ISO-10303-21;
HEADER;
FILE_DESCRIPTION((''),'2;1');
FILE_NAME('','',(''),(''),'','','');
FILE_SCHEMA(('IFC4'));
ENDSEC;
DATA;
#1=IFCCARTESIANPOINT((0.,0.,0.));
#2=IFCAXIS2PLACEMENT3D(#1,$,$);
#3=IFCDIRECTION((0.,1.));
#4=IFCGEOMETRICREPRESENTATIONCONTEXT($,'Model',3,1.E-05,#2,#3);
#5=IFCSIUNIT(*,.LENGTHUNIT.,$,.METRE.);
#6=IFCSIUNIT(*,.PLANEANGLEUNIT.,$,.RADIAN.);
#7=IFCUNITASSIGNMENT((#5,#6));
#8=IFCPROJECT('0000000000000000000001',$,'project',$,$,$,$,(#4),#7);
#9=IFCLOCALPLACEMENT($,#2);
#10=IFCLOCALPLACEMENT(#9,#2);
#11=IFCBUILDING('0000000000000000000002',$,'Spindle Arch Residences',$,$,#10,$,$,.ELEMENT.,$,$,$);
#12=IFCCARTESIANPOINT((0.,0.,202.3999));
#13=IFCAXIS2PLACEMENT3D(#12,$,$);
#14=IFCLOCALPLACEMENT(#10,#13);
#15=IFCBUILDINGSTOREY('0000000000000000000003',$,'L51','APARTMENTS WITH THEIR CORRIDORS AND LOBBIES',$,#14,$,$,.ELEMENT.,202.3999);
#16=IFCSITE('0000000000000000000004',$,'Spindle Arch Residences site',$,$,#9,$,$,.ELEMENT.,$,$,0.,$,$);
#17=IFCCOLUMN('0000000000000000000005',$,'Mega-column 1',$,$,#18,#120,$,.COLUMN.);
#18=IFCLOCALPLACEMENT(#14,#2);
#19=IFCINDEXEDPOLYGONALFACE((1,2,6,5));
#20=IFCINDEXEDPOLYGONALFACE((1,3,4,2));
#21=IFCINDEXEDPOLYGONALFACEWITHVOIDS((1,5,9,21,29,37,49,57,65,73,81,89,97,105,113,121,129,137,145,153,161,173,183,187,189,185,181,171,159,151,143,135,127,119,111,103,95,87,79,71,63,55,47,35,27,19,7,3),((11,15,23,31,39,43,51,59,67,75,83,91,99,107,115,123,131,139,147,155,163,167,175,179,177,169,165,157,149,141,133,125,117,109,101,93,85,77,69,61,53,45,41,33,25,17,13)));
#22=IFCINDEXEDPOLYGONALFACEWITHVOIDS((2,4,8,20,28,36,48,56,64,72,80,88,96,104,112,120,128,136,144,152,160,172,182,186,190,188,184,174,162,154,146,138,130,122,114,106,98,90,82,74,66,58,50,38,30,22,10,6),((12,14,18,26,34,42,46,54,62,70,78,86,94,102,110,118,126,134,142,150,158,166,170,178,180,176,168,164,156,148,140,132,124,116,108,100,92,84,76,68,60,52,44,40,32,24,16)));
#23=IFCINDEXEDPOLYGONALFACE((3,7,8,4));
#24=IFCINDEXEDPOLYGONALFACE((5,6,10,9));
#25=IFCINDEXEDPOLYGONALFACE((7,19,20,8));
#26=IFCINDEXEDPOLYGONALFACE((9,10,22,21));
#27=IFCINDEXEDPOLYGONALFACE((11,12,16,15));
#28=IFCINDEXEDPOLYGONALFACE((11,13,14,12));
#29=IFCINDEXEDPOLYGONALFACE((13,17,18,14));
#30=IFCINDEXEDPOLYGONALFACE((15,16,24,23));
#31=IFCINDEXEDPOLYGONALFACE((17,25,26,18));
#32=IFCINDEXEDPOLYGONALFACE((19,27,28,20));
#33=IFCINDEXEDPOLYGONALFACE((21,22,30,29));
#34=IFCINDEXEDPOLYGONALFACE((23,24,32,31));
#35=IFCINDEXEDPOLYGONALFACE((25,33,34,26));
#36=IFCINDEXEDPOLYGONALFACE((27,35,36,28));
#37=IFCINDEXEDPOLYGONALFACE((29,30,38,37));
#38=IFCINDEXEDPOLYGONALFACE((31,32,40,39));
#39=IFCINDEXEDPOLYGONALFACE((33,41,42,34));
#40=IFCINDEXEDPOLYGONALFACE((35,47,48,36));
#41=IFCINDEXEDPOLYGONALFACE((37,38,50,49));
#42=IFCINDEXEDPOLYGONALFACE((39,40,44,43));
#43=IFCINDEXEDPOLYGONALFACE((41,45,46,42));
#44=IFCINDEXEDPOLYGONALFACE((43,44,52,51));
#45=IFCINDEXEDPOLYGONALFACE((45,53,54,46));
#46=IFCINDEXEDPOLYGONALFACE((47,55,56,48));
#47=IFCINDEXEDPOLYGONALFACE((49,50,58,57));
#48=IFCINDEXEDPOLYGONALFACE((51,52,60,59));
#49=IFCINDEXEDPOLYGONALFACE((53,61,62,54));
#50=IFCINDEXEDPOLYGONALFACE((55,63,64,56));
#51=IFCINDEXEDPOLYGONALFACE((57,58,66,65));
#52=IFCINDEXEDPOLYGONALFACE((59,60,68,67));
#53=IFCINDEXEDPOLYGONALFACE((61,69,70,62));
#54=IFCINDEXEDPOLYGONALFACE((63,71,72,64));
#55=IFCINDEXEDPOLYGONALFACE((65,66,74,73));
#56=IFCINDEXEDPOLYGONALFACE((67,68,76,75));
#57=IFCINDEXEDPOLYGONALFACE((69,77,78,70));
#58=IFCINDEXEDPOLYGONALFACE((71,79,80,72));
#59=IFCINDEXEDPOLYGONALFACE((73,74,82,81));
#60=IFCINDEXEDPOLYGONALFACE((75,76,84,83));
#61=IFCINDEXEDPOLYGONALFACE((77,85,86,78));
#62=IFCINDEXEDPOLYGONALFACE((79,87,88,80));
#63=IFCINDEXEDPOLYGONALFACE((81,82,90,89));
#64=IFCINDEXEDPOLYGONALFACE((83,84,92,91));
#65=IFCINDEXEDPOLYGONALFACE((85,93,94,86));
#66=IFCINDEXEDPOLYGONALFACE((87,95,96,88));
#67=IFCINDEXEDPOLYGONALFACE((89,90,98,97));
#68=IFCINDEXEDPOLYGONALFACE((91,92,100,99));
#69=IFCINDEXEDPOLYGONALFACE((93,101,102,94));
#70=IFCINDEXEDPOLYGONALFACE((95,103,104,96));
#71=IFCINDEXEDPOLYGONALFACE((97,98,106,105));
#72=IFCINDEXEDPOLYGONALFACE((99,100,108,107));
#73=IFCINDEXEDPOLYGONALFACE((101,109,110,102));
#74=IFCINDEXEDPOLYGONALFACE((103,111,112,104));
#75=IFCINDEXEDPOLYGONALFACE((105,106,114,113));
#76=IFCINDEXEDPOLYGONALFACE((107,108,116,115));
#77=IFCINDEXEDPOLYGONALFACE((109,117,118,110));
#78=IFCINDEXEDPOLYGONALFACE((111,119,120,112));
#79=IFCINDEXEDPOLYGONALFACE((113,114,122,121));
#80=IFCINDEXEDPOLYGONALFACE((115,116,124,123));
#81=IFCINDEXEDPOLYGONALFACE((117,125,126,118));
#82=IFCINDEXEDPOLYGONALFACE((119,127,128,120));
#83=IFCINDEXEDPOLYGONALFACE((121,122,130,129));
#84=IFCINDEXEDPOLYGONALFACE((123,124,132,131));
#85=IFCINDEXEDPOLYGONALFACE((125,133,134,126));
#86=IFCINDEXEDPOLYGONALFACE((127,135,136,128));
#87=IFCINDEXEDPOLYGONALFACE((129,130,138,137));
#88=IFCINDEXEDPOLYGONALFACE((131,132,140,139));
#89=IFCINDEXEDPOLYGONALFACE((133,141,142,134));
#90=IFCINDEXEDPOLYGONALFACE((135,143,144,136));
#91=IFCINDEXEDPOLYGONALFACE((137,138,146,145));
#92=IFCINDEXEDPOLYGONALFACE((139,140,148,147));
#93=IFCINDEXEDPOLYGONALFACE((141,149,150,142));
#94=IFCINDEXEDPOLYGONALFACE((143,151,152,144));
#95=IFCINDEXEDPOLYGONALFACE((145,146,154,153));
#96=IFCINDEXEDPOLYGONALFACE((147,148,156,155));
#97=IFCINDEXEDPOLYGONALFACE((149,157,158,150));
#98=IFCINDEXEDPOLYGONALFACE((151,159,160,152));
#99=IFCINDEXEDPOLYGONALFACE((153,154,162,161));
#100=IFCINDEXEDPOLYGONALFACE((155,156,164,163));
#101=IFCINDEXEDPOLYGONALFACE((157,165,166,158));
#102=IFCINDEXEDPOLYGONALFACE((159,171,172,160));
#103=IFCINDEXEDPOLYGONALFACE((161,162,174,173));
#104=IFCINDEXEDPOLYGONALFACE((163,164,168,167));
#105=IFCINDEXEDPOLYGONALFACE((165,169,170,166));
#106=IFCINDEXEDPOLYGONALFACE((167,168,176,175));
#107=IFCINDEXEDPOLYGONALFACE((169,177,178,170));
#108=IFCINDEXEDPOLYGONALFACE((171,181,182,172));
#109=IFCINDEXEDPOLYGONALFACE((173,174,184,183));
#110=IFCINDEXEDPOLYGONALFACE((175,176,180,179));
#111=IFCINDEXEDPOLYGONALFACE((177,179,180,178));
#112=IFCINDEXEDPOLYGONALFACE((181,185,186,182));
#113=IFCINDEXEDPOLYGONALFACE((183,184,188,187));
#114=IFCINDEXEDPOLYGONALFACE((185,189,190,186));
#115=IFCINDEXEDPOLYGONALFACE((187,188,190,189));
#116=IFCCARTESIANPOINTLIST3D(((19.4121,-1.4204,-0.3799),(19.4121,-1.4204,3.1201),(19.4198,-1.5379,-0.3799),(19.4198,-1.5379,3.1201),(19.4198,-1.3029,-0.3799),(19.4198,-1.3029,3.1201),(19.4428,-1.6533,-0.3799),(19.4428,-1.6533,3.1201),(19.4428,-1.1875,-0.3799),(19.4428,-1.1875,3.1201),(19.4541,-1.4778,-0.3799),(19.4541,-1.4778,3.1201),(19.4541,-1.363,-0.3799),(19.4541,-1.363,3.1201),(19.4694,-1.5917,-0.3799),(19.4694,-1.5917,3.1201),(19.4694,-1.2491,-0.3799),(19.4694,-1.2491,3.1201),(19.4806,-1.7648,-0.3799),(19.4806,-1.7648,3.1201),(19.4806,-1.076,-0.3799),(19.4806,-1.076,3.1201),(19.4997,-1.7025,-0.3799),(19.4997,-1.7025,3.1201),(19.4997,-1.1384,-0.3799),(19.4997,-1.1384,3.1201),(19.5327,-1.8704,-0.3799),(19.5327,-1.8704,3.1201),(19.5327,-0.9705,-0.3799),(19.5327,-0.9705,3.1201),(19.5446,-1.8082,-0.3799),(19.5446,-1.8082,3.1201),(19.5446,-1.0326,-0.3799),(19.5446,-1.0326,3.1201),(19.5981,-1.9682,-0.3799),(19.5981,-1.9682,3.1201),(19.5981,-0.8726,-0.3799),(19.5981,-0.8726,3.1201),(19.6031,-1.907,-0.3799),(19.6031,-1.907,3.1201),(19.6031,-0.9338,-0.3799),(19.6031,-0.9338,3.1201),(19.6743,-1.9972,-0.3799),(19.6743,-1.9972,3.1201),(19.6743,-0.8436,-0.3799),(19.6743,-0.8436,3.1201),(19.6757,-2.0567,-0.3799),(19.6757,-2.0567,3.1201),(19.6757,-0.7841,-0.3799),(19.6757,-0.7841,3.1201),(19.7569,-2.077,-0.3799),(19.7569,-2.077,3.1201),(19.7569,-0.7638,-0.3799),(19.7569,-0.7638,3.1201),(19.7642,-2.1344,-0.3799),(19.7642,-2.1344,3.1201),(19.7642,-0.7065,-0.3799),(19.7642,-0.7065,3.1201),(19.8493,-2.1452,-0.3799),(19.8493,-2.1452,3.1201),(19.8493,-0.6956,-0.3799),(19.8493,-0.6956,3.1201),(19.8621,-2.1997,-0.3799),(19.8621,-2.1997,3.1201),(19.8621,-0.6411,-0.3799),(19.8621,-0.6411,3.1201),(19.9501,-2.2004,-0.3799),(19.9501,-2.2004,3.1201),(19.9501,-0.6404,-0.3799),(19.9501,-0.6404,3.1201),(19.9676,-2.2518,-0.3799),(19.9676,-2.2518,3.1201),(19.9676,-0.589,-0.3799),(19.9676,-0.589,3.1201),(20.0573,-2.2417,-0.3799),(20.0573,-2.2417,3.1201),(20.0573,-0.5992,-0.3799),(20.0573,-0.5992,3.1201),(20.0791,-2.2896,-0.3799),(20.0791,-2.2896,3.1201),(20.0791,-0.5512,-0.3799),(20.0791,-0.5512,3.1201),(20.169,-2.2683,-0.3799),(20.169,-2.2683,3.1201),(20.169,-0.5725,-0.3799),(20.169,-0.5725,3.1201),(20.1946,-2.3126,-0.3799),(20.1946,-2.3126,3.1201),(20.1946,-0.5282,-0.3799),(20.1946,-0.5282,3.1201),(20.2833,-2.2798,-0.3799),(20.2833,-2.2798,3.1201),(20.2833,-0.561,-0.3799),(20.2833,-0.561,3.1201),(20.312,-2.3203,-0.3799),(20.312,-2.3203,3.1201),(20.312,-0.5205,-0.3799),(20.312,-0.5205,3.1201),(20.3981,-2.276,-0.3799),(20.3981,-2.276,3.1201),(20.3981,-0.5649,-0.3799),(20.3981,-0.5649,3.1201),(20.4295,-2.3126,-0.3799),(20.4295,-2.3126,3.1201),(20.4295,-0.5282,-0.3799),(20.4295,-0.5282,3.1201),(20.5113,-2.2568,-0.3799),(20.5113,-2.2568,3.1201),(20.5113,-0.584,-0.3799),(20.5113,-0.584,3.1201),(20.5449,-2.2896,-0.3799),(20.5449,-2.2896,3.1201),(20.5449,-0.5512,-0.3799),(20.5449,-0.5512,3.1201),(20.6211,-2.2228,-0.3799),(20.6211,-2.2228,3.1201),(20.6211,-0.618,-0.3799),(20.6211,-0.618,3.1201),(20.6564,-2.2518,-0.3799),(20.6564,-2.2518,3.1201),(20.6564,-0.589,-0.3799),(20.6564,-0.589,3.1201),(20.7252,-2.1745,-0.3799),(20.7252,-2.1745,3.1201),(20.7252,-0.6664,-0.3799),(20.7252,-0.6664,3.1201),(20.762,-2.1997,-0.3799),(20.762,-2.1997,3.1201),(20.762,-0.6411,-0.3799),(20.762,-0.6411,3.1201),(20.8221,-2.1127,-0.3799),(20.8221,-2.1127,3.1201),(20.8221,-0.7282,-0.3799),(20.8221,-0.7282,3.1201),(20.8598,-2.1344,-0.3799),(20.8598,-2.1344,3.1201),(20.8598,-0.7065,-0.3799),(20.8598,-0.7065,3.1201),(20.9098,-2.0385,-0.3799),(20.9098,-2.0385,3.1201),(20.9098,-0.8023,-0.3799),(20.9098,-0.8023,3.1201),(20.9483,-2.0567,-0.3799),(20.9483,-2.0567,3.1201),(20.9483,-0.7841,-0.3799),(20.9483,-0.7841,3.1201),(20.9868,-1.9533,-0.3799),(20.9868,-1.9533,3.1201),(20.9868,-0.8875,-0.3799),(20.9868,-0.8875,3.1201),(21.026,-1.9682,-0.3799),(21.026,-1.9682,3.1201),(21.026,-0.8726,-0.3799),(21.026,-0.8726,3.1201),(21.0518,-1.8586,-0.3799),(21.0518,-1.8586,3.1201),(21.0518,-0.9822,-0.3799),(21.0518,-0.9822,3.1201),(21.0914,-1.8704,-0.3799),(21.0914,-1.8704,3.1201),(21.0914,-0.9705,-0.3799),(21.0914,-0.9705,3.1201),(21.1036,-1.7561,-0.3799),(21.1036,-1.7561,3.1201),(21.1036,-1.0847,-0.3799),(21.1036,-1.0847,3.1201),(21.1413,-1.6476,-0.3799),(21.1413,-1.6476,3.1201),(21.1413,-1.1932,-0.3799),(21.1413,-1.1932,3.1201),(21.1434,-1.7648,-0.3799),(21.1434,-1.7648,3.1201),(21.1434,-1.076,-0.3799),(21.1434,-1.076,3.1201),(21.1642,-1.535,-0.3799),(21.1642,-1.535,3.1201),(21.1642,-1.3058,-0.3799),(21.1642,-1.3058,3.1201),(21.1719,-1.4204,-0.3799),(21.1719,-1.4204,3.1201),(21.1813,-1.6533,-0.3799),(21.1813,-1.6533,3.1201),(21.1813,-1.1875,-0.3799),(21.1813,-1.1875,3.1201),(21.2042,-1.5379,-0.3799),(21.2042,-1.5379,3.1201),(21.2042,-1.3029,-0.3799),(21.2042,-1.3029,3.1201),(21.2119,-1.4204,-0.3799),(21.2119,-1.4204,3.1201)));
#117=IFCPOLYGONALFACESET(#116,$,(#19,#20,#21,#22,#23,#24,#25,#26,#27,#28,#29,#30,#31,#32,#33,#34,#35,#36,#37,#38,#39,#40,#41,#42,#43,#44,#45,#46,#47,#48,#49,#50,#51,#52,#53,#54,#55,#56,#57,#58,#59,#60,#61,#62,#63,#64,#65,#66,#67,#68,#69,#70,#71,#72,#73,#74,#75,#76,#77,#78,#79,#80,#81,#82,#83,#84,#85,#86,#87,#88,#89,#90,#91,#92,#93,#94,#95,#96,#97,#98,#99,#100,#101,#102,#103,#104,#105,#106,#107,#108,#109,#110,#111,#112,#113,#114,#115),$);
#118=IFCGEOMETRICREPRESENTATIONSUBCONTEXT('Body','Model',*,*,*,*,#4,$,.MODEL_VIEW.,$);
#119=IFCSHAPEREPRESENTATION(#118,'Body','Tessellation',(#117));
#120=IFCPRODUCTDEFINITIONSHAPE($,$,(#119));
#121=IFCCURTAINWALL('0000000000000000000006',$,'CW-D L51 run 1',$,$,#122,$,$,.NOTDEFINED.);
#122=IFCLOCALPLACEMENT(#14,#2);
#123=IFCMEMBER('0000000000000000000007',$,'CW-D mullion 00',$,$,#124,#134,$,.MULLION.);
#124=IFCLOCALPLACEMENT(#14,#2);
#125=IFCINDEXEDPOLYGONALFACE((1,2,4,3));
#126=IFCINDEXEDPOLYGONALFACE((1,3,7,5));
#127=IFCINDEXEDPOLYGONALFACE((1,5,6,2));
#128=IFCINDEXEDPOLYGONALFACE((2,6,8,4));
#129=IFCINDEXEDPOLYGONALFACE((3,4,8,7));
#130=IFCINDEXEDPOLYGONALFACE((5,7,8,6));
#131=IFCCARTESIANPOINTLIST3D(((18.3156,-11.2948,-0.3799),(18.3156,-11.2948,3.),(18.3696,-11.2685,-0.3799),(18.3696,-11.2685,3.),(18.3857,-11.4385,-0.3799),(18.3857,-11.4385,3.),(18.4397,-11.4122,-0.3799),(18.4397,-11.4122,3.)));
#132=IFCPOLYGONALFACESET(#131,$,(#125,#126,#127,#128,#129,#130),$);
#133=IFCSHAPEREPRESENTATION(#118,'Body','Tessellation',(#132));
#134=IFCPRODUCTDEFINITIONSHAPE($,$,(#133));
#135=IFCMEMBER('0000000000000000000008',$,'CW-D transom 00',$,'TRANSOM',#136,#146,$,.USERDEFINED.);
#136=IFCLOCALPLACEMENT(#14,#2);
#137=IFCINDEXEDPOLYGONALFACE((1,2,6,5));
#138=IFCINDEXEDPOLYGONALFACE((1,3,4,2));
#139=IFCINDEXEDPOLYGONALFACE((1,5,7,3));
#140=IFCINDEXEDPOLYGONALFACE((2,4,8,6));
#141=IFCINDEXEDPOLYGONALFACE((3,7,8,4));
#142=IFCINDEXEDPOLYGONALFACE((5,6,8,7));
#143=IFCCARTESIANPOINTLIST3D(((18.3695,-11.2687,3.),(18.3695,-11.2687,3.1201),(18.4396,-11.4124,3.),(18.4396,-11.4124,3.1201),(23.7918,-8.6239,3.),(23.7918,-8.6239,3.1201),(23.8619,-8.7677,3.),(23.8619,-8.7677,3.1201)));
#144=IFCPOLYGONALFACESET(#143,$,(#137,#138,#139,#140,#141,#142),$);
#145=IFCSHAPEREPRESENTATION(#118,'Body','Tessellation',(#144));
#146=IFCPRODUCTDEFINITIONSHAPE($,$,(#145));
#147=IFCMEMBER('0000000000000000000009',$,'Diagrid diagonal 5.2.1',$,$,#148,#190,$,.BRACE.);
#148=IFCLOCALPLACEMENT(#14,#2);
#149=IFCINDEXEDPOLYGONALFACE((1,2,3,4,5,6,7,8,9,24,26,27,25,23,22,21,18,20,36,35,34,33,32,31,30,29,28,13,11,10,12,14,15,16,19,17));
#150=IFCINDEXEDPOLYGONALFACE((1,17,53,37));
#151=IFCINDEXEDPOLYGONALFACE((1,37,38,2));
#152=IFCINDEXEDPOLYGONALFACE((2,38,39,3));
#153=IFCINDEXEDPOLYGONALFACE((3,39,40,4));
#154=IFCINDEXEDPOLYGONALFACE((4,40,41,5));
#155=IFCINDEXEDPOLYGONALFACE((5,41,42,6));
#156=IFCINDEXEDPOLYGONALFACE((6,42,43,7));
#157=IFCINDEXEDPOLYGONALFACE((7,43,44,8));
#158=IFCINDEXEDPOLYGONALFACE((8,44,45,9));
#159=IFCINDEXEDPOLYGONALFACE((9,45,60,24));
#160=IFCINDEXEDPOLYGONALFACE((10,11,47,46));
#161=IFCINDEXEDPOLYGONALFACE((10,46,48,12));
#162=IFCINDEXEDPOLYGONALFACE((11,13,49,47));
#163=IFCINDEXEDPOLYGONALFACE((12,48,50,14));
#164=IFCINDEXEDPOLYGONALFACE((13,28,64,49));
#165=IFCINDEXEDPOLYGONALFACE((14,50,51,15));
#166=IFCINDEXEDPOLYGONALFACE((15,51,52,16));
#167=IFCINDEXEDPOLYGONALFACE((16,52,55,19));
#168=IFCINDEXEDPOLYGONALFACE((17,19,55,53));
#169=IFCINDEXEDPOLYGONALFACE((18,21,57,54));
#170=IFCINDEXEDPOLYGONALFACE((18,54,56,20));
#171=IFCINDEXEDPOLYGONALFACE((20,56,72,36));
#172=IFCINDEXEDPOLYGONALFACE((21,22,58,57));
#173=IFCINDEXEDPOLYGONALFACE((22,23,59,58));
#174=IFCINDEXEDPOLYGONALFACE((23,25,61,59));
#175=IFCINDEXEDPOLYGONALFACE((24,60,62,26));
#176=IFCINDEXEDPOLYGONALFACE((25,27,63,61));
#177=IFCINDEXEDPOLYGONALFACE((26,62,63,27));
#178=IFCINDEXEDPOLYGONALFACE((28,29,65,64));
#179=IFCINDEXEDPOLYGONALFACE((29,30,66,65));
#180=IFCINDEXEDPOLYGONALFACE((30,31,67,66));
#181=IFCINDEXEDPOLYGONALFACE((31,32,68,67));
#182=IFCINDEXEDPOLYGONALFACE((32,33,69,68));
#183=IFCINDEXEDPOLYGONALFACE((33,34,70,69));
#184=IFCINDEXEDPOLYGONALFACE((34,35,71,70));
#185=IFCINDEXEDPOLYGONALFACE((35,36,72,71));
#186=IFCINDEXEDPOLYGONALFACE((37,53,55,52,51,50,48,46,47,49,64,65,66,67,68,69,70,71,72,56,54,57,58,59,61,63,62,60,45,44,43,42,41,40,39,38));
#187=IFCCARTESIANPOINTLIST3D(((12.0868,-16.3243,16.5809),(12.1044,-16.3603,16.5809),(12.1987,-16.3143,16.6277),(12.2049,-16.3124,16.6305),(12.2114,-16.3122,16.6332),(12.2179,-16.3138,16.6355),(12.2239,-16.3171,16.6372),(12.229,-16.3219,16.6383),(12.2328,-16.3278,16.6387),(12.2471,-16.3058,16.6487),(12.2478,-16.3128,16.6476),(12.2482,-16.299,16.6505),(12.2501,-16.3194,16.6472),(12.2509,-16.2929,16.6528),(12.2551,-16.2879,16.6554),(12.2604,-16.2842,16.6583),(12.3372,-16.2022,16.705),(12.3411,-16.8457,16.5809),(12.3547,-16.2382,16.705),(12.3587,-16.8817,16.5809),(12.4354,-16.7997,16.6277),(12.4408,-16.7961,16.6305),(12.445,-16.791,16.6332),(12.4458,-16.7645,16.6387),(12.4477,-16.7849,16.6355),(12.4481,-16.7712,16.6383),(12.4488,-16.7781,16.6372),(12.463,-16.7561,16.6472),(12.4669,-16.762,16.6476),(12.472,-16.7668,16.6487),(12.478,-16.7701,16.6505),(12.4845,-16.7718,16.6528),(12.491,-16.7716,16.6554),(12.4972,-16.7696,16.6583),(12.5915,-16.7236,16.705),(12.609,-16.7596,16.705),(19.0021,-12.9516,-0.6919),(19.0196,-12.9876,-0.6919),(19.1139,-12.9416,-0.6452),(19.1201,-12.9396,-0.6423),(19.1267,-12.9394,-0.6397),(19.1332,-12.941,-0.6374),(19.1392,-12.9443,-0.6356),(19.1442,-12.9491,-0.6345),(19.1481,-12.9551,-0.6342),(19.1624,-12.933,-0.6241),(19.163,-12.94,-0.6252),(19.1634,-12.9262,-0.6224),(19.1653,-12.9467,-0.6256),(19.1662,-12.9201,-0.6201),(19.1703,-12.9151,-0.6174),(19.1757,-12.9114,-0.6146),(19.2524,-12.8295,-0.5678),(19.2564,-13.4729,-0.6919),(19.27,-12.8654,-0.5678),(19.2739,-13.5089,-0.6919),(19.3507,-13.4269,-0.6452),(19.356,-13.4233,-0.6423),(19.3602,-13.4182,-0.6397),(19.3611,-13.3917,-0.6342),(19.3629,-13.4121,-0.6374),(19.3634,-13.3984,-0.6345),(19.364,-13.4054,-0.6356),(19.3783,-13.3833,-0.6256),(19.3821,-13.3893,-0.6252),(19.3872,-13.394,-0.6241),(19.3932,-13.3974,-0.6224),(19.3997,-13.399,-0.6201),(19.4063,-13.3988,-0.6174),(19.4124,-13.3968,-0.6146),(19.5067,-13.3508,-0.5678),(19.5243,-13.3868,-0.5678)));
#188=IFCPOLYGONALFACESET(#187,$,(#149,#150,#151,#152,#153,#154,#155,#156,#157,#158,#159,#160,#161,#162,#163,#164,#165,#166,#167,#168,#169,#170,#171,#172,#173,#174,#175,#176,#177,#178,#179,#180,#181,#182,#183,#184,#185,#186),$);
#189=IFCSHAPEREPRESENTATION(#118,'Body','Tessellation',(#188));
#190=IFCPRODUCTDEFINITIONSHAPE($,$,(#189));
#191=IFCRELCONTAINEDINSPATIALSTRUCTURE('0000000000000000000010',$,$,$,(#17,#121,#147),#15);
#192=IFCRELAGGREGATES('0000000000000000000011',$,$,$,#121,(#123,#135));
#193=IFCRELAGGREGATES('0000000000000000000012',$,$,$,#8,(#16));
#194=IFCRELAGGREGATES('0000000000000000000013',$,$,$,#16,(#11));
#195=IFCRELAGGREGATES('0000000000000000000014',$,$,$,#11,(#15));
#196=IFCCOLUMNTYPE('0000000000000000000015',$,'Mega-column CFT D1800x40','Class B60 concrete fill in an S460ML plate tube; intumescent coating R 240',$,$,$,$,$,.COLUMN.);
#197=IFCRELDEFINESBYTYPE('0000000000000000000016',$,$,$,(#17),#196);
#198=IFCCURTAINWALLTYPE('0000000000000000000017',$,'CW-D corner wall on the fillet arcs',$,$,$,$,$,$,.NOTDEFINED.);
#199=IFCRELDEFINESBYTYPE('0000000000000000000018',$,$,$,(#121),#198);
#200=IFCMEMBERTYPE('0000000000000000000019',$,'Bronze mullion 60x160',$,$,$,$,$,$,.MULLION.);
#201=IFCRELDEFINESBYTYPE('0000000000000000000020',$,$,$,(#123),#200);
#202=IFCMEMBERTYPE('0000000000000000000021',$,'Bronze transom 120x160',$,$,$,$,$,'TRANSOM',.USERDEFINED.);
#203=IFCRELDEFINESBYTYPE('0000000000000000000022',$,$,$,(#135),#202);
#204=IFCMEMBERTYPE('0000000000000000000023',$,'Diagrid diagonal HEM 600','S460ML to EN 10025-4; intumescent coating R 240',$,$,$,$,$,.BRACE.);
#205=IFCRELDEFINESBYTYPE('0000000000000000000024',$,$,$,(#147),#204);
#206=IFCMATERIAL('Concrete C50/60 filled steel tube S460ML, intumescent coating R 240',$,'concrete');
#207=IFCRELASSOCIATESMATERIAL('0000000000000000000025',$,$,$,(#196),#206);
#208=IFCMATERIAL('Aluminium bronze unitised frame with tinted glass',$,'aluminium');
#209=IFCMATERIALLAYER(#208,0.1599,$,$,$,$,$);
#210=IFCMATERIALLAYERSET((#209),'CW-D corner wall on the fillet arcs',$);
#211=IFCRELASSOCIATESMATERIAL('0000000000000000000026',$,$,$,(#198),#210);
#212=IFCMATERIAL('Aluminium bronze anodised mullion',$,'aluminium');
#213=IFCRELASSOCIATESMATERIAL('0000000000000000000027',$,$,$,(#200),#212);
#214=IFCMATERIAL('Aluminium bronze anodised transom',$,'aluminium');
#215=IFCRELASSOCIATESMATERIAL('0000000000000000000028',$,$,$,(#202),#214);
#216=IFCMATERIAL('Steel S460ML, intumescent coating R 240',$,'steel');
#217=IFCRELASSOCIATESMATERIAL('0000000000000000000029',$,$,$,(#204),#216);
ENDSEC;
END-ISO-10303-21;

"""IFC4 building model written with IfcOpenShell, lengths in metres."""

from ifc_helpers import new_model, si_unit, direction, frame, origin, origin_2d, place, context, subcontext, project, spatial, rectangle, hollow_circle, i_section, extrude, material, layer, layer_set, material_profile, profile_set, type_object, element, aggregate, save


model = new_model("IFC4")

# Units and contexts
model_context = context("Model", 3, precision=1e-05, world=origin(), true_north=direction((0.0, 1.0)))
body_context = subcontext(model_context, "Body", "Model", "MODEL_VIEW")
ifc_project = project(units=[si_unit("LENGTHUNIT", "METRE"), si_unit("PLANEANGLEUNIT", "RADIAN")], contexts=[model_context])

# Site, building, storey
site_placement = place(None, origin())
site = spatial("IfcSite", under=ifc_project, at=site_placement, Name="Spindle Arch Residences site", CompositionType="ELEMENT", RefElevation=0.0)
building_placement = place(site_placement, origin())
building = spatial("IfcBuilding", under=site, at=building_placement, Name="Spindle Arch Residences", CompositionType="ELEMENT")
storey_placement = place(building_placement, frame((0.0, 0.0, 202.3999)))
storey = spatial("IfcBuildingStorey", under=building, at=storey_placement, Name="L51", Description="APARTMENTS WITH THEIR CORRIDORS AND LOBBIES", CompositionType="ELEMENT", Elevation=202.3999)

# Column
ifc_material_1 = material(Name="Concrete C50/60 filled steel tube S460ML, intumescent coating R 240", Category="concrete")
ifc_material_profile_1 = material_profile(ifc_material_1, hollow_circle(Radius=0.8999, WallThickness=0.04, at=origin_2d()), Name="CFT D1800x40")
ifc_profile_set_1 = profile_set([ifc_material_profile_1], Name="Concrete C50/60 filled steel tube S460ML, intumescent coating R 240")
column_type_1 = type_object("IfcColumnType", Name="Mega-column CFT D1800x40", Description="Class B60 concrete fill in an S460ML plate tube; intumescent coating R 240", PredefinedType="COLUMN", material=ifc_profile_set_1)
column_placement = place(storey_placement, frame((20.312, -1.4204, -0.3799), z_axis=(0.0, 0.0, 1.0), x_axis=(1.0, 0.0, 0.0)))
element("IfcColumn", 1, at=column_placement, inside=storey, type_object=column_type_1, Name="Mega-column 1", PredefinedType="COLUMN", context=body_context, shape_type="SweptSolid", body=[
    extrude(hollow_circle(Radius=0.8999, WallThickness=0.04, at=origin_2d()), origin(), (0.0, 0.0, 1.0), 3.5),
])

# Curtain wall, members
ifc_material_2 = material(Name="Aluminium bronze unitised frame with tinted glass", Category="aluminium")
ifc_layer_1 = layer(ifc_material_2, 0.1599)
ifc_layer_set_1 = layer_set([ifc_layer_1], Name="CW-D corner wall on the fillet arcs")
curtain_wall_type_1 = type_object("IfcCurtainWallType", Name="CW-D corner wall on the fillet arcs", PredefinedType="NOTDEFINED", material=ifc_layer_set_1)
curtain_wall_1_placement = place(storey_placement, origin())
curtain_wall_1 = element("IfcCurtainWall", 2, at=curtain_wall_1_placement, inside=storey, type_object=curtain_wall_type_1, Name="CW-D L51 run 1", PredefinedType="NOTDEFINED")
ifc_material_3 = material(Name="Aluminium bronze anodised mullion", Category="aluminium")
ifc_material_profile_2 = material_profile(ifc_material_3, rectangle(XDim=0.1599, YDim=0.0601, at=origin_2d()), Name="MU 60x160")
ifc_profile_set_2 = profile_set([ifc_material_profile_2], Name="Aluminium bronze anodised mullion")
member_type_1 = type_object("IfcMemberType", Name="Bronze mullion 60x160", PredefinedType="MULLION", material=ifc_profile_set_2)
member_1_placement = place(storey_placement, frame((18.3777, -11.3535, -0.3799), z_axis=(0.0, 0.0, 1.0), x_axis=(-0.438371, 0.898794, 0.0)))
member_1 = element("IfcMember", 3, at=member_1_placement, type_object=member_type_1, Name="CW-D mullion 00", PredefinedType="MULLION", context=body_context, shape_type="SweptSolid", body=[
    extrude(rectangle(XDim=0.1599, YDim=0.0601, at=origin_2d()), origin(), (0.0, 0.0, 1.0), 3.3799),
])
ifc_material_4 = material(Name="Aluminium bronze anodised transom", Category="aluminium")
ifc_material_profile_3 = material_profile(ifc_material_4, rectangle(XDim=0.1599, YDim=0.1201, at=origin_2d()), Name="TR 120x160")
ifc_profile_set_3 = profile_set([ifc_material_profile_3], Name="Aluminium bronze anodised transom")
member_type_2 = type_object("IfcMemberType", Name="Bronze transom 120x160", ElementType="TRANSOM", PredefinedType="USERDEFINED", material=ifc_profile_set_3)
member_2_placement = place(storey_placement, frame((18.4045, -11.3406, 3.0601), z_axis=(0.898787, 0.438386, 0.0), x_axis=(-0.438386, 0.898787, 0.0)))
member_2 = element("IfcMember", 4, at=member_2_placement, type_object=member_type_2, Name="CW-D transom 00", ObjectType="TRANSOM", PredefinedType="USERDEFINED", context=body_context, shape_type="SweptSolid", body=[
    extrude(rectangle(XDim=0.1599, YDim=0.1201, at=origin_2d()), origin(), (0.0, 0.0, 1.0), 6.033),
])

# Member
ifc_material_5 = material(Name="Steel S460ML, intumescent coating R 240", Category="steel")
ifc_material_profile_4 = material_profile(ifc_material_5, i_section(OverallWidth=0.3049, OverallDepth=0.6201, WebThickness=0.021, FlangeThickness=0.04, FilletRadius=0.0271, at=origin_2d()), Name="HEM 600")
ifc_profile_set_4 = profile_set([ifc_material_profile_4], Name="Steel S460ML, intumescent coating R 240")
member_type_3 = type_object("IfcMemberType", Name="Diagrid diagonal HEM 600", Description="S460ML to EN 10025-4; intumescent coating R 240", PredefinedType="BRACE", material=ifc_profile_set_4)
member_3_placement = place(storey_placement, frame((19.2632, -13.1692, -0.6299), z_axis=(-0.365713, -0.17837, 0.913476), x_axis=(0.821027, 0.400441, 0.406893)))
element("IfcMember", 5, at=member_3_placement, inside=storey, type_object=member_type_3, Name="Diagrid diagonal 5.2.1", PredefinedType="BRACE", context=body_context, shape_type="SweptSolid", body=[
    extrude(i_section(OverallWidth=0.3049, OverallDepth=0.6201, WebThickness=0.021, FlangeThickness=0.04, FilletRadius=0.0271, at=origin_2d()), origin(), (0.0, 0.0, 1.0), 18.9089),
])

aggregate(curtain_wall_1, [member_1, member_2])

save(model, "model.ifc")
